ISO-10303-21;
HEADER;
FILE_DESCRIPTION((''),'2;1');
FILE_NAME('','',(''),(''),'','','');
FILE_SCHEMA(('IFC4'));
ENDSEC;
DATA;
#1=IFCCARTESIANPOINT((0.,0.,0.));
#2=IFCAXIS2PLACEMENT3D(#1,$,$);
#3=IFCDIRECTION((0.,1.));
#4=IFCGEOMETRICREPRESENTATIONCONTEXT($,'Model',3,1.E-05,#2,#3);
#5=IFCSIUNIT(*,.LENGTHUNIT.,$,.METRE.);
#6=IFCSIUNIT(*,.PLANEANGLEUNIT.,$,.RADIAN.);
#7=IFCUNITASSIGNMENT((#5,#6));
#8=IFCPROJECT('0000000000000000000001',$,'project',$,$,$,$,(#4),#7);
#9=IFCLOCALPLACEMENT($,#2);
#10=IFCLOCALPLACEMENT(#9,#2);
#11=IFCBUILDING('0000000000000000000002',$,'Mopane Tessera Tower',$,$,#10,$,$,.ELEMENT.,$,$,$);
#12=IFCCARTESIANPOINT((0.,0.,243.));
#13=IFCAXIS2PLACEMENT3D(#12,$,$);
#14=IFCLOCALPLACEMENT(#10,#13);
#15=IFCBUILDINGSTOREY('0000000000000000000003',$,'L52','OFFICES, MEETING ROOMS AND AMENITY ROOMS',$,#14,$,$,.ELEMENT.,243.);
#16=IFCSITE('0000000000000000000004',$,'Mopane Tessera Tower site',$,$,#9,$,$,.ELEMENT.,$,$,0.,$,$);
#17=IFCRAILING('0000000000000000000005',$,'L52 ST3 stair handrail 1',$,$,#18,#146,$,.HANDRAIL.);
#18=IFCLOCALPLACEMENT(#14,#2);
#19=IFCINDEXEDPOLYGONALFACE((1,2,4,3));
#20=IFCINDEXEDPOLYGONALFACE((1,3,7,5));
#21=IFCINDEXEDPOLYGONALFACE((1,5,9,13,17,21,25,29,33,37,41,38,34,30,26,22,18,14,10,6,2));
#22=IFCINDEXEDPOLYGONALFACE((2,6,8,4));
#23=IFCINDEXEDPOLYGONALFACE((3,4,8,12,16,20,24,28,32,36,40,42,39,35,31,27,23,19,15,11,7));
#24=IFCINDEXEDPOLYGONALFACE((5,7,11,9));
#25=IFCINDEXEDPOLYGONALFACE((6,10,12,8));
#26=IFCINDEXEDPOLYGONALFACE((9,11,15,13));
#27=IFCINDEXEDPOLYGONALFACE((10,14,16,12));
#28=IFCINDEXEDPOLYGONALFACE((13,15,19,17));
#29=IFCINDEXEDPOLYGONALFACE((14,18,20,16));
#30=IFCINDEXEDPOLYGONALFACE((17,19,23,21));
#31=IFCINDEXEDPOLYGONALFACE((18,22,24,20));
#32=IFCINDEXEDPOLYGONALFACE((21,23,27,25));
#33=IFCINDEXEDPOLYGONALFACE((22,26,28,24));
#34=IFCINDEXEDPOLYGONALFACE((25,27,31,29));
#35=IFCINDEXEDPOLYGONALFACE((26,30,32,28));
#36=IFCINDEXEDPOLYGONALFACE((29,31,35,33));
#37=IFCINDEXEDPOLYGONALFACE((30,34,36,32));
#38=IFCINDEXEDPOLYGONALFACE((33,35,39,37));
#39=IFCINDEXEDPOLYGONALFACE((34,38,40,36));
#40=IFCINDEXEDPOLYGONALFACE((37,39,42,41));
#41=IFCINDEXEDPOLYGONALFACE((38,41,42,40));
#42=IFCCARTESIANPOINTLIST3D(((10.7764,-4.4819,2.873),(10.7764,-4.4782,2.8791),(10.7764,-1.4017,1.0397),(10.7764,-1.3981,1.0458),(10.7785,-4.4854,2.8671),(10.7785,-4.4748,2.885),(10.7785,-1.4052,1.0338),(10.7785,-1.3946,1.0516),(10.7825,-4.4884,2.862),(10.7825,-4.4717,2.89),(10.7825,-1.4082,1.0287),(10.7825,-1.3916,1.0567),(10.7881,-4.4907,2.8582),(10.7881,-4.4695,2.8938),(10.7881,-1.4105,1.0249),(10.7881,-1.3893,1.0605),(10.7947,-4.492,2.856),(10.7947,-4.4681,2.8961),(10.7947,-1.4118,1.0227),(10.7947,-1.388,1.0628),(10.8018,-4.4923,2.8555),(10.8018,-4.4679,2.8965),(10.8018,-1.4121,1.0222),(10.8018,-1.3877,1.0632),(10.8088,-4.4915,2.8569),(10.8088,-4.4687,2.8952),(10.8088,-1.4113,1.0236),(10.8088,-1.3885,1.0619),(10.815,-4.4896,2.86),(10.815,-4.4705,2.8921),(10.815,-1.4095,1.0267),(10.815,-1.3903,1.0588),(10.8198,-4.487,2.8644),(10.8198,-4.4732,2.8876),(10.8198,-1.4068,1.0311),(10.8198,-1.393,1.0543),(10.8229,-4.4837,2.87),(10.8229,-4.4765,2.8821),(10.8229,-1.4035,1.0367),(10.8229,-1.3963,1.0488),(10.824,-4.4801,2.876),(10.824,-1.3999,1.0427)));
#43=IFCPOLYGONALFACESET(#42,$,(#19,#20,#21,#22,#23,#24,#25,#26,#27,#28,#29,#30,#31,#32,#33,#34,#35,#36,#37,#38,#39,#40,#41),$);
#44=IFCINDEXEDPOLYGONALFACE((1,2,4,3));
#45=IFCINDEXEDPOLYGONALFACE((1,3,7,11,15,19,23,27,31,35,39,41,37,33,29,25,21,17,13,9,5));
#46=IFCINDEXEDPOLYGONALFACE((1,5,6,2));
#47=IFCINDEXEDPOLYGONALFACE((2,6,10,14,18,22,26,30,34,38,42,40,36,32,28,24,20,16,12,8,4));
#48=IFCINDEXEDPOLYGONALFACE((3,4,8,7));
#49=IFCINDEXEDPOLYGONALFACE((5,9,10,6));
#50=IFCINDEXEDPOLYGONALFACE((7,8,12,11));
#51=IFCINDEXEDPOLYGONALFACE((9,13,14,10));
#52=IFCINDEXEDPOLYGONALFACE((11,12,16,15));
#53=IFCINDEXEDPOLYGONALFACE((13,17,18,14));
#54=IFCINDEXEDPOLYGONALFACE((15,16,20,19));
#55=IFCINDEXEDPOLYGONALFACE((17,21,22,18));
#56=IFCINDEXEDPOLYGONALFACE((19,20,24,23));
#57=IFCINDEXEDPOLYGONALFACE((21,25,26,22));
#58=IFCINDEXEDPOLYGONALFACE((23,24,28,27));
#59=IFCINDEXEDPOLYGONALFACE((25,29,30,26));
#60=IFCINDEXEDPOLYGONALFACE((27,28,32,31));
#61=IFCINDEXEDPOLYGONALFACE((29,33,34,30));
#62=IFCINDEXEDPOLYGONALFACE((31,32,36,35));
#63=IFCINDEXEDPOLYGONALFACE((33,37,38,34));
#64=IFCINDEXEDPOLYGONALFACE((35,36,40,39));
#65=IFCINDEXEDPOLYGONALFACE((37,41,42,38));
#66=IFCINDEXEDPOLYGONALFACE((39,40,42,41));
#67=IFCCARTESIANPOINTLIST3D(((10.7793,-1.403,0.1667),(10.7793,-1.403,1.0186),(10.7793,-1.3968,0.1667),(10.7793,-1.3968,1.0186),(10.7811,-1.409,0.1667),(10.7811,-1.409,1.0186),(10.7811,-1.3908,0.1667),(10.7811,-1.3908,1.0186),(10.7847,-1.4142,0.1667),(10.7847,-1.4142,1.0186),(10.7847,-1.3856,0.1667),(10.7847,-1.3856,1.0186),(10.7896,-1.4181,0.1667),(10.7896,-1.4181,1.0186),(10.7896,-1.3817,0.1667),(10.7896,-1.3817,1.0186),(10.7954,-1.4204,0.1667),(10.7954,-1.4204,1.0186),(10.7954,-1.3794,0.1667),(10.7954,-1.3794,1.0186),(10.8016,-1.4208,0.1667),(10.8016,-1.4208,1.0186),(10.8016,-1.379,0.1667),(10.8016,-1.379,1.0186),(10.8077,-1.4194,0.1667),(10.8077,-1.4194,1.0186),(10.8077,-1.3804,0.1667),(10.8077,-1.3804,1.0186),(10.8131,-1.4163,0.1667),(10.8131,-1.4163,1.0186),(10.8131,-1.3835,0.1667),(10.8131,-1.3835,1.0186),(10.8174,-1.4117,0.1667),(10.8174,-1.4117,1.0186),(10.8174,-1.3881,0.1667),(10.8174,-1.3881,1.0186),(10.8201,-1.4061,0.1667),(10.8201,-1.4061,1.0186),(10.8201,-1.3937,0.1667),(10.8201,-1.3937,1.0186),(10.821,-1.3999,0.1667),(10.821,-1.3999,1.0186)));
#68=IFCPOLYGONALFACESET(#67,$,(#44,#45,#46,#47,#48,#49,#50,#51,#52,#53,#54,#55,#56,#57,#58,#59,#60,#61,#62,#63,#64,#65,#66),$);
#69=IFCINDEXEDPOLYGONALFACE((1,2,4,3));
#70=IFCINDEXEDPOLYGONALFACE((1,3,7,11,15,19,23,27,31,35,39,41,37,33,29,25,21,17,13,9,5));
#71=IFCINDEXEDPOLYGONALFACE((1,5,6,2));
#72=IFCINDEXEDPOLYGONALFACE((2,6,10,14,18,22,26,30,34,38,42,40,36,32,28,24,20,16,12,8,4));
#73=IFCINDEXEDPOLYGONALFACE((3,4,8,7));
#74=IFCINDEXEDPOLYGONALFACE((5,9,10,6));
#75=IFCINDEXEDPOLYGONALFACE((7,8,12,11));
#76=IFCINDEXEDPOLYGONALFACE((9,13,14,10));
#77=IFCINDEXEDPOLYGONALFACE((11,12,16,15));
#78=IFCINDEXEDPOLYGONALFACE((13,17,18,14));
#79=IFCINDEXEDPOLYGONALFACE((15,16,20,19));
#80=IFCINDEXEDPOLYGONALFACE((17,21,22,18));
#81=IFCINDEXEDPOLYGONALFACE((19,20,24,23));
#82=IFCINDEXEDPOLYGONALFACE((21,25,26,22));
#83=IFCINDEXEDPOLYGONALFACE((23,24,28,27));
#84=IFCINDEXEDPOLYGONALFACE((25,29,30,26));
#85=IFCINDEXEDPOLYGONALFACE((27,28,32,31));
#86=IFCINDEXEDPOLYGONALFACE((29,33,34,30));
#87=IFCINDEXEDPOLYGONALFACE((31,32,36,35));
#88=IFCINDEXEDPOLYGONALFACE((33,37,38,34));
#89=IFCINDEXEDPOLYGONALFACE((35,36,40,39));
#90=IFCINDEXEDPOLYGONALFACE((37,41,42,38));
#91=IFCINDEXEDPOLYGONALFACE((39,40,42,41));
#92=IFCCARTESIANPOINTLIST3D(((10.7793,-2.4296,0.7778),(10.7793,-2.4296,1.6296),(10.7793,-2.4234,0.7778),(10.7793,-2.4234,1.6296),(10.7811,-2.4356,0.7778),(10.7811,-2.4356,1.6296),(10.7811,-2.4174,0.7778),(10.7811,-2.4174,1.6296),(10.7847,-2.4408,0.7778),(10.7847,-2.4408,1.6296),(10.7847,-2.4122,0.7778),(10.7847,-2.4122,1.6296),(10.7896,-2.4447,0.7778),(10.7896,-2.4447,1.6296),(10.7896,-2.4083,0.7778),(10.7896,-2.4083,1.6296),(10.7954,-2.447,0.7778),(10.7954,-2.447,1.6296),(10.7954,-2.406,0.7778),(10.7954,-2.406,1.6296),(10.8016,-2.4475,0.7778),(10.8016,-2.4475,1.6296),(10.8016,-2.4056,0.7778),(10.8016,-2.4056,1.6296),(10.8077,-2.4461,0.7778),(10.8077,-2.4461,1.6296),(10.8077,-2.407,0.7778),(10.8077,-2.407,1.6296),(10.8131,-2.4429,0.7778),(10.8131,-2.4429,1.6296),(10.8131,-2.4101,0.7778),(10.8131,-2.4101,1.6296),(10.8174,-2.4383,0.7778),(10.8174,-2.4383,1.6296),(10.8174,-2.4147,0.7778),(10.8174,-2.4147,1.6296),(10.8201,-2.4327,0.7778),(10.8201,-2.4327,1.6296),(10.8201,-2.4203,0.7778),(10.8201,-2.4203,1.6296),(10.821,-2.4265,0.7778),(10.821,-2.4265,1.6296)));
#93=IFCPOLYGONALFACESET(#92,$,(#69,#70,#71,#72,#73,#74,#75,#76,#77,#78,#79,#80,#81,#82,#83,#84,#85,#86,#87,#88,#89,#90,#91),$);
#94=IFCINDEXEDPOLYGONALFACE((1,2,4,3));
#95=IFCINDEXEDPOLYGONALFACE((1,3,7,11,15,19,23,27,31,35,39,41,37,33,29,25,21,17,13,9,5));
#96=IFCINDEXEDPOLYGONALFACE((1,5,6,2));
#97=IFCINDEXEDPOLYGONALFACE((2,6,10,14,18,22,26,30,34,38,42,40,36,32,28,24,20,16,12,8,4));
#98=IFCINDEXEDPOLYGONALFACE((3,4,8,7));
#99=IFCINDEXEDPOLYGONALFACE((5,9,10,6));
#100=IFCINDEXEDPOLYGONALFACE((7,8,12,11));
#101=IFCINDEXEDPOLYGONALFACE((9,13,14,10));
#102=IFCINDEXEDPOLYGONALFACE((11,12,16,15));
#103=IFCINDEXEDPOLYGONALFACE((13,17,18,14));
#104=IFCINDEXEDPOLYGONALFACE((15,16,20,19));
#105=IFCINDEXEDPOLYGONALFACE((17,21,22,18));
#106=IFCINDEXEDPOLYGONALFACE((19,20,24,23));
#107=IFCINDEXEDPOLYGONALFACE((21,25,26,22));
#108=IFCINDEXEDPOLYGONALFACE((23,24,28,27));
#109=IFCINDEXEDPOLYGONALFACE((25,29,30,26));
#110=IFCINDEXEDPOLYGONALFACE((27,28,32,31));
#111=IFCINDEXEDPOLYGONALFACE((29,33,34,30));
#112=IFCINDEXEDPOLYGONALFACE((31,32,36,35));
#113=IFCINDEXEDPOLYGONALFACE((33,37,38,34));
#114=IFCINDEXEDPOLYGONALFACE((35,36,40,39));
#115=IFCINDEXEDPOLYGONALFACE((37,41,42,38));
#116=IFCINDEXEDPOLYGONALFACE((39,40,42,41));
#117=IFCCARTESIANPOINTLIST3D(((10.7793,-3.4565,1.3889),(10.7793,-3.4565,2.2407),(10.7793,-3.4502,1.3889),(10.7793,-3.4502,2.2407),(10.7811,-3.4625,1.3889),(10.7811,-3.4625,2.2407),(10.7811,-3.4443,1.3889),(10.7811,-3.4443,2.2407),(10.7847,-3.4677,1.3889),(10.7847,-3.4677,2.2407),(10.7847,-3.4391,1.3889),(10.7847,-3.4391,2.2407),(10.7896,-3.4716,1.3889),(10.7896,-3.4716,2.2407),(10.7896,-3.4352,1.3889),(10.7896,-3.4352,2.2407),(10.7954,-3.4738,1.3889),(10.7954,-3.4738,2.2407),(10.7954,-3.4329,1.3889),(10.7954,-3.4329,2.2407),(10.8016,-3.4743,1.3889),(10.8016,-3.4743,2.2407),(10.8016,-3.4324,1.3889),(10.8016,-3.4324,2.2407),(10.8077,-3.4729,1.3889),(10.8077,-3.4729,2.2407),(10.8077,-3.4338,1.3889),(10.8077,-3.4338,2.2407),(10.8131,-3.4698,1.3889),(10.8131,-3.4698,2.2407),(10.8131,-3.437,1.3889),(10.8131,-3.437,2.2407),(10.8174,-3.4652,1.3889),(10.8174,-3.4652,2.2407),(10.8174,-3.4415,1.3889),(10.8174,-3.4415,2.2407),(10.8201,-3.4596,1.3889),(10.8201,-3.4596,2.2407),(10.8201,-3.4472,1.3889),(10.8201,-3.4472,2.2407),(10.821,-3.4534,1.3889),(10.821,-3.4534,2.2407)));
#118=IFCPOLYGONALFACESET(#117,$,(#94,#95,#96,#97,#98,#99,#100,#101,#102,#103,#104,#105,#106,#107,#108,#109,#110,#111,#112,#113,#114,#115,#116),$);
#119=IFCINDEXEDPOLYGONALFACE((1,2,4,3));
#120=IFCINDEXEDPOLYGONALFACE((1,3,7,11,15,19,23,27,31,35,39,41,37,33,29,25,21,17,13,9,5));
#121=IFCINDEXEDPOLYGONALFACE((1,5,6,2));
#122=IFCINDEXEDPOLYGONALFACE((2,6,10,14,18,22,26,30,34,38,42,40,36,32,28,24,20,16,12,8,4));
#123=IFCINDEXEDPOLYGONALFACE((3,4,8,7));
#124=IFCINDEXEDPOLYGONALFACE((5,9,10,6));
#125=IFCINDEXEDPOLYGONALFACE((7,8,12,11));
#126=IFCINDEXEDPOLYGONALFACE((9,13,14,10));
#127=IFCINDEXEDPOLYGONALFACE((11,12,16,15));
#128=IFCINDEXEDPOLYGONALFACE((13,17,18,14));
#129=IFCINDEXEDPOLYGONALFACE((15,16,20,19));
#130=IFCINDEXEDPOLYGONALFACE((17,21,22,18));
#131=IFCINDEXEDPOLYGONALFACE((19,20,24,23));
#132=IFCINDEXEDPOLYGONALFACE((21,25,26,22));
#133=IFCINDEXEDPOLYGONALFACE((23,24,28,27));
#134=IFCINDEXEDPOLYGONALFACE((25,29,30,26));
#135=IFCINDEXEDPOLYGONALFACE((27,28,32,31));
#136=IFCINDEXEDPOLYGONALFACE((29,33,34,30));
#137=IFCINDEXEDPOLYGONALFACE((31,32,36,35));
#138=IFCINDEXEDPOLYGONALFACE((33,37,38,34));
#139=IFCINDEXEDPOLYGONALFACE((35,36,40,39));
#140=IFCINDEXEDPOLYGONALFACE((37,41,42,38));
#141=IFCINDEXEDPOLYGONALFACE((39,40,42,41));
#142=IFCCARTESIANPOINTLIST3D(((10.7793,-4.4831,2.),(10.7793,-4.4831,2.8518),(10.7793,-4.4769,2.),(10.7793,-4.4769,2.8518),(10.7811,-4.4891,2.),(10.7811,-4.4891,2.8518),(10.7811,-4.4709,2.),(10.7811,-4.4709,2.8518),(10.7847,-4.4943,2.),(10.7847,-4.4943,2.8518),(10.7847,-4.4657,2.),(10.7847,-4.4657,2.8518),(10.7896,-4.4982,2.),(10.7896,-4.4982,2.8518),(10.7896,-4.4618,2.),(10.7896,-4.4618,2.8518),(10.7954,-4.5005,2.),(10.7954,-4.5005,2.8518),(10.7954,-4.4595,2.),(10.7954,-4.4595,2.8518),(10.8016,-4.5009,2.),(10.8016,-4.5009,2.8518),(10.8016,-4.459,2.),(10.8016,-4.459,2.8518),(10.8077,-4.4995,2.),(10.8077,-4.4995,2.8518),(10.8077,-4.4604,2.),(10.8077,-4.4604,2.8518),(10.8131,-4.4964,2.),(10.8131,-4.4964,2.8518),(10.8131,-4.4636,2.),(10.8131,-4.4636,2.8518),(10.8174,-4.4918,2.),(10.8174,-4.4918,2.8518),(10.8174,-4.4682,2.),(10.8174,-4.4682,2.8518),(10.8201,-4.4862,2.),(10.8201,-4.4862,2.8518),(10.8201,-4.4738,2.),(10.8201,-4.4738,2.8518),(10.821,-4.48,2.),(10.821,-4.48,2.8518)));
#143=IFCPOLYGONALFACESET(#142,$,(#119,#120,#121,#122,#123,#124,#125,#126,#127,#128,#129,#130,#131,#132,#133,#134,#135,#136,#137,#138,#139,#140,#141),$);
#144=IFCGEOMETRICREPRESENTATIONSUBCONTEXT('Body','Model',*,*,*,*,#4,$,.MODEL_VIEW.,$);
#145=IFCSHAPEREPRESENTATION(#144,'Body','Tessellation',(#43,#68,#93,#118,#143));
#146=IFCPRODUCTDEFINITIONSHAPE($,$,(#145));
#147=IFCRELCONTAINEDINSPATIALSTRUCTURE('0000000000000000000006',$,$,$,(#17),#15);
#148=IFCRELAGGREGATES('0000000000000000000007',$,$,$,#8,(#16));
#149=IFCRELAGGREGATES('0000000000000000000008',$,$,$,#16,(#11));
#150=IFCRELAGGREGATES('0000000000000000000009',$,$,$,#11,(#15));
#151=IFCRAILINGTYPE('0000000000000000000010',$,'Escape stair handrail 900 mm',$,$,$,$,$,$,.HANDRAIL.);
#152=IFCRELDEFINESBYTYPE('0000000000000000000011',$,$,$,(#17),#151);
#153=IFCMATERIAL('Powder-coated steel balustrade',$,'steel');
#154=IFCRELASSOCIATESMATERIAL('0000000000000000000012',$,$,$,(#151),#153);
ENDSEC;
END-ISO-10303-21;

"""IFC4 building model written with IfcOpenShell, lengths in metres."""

from ifc_helpers import new_model, si_unit, direction, frame, origin, origin_2d, place, context, subcontext, project, spatial, circle, extrude, material, type_object, element, save


model = new_model("IFC4")

# Units and contexts
model_context = context("Model", 3, precision=1e-05, world=origin(), true_north=direction((0.0, 1.0)))
body_context = subcontext(model_context, "Body", "Model", "MODEL_VIEW")
ifc_project = project(units=[si_unit("LENGTHUNIT", "METRE"), si_unit("PLANEANGLEUNIT", "RADIAN")], contexts=[model_context])

# Site, building, storey
site_placement = place(None, origin())
site = spatial("IfcSite", under=ifc_project, at=site_placement, Name="Mopane Tessera Tower site", CompositionType="ELEMENT", RefElevation=0.0)
building_placement = place(site_placement, origin())
building = spatial("IfcBuilding", under=site, at=building_placement, Name="Mopane Tessera Tower", CompositionType="ELEMENT")
storey_placement = place(building_placement, frame((0.0, 0.0, 243.0)))
storey = spatial("IfcBuildingStorey", under=building, at=storey_placement, Name="L52", Description="OFFICES, MEETING ROOMS AND AMENITY ROOMS", CompositionType="ELEMENT", Elevation=243.0)

# Railing
ifc_material_1 = material(Name="Powder-coated steel balustrade", Category="steel")
railing_type_1 = type_object("IfcRailingType", Name="Escape stair handrail 900 mm", PredefinedType="HANDRAIL", material=ifc_material_1)
railing_1_placement = place(storey_placement, frame((10.8, -1.3999, 0.1667)))
element("IfcRailing", 1, at=railing_1_placement, inside=storey, type_object=railing_type_1, Name="L52 ST3 stair handrail 1", PredefinedType="HANDRAIL", context=body_context, shape_type="SweptSolid", body=[
    extrude(circle(Radius=0.0239, at=origin_2d()), frame((0.0, 0.0, 0.876), z_axis=(0.0, -0.859309, 0.511458), x_axis=(1.0, 0.0, 0.0)), (0.0, 0.0, 1.0), 3.5845),
    extrude(circle(Radius=0.021, at=origin_2d()), origin(), (0.0, 0.0, 1.0), 0.8518),
    extrude(circle(Radius=0.021, at=origin_2d()), frame((0.0, -1.0266, 0.6111)), (0.0, 0.0, 1.0), 0.8518),
    extrude(circle(Radius=0.021, at=origin_2d()), frame((0.0, -2.0535, 1.2222)), (0.0, 0.0, 1.0), 0.8518),
    extrude(circle(Radius=0.021, at=origin_2d()), frame((0.0, -3.0801, 1.8333)), (0.0, 0.0, 1.0), 0.8518),
])

save(model, "model.ifc")
